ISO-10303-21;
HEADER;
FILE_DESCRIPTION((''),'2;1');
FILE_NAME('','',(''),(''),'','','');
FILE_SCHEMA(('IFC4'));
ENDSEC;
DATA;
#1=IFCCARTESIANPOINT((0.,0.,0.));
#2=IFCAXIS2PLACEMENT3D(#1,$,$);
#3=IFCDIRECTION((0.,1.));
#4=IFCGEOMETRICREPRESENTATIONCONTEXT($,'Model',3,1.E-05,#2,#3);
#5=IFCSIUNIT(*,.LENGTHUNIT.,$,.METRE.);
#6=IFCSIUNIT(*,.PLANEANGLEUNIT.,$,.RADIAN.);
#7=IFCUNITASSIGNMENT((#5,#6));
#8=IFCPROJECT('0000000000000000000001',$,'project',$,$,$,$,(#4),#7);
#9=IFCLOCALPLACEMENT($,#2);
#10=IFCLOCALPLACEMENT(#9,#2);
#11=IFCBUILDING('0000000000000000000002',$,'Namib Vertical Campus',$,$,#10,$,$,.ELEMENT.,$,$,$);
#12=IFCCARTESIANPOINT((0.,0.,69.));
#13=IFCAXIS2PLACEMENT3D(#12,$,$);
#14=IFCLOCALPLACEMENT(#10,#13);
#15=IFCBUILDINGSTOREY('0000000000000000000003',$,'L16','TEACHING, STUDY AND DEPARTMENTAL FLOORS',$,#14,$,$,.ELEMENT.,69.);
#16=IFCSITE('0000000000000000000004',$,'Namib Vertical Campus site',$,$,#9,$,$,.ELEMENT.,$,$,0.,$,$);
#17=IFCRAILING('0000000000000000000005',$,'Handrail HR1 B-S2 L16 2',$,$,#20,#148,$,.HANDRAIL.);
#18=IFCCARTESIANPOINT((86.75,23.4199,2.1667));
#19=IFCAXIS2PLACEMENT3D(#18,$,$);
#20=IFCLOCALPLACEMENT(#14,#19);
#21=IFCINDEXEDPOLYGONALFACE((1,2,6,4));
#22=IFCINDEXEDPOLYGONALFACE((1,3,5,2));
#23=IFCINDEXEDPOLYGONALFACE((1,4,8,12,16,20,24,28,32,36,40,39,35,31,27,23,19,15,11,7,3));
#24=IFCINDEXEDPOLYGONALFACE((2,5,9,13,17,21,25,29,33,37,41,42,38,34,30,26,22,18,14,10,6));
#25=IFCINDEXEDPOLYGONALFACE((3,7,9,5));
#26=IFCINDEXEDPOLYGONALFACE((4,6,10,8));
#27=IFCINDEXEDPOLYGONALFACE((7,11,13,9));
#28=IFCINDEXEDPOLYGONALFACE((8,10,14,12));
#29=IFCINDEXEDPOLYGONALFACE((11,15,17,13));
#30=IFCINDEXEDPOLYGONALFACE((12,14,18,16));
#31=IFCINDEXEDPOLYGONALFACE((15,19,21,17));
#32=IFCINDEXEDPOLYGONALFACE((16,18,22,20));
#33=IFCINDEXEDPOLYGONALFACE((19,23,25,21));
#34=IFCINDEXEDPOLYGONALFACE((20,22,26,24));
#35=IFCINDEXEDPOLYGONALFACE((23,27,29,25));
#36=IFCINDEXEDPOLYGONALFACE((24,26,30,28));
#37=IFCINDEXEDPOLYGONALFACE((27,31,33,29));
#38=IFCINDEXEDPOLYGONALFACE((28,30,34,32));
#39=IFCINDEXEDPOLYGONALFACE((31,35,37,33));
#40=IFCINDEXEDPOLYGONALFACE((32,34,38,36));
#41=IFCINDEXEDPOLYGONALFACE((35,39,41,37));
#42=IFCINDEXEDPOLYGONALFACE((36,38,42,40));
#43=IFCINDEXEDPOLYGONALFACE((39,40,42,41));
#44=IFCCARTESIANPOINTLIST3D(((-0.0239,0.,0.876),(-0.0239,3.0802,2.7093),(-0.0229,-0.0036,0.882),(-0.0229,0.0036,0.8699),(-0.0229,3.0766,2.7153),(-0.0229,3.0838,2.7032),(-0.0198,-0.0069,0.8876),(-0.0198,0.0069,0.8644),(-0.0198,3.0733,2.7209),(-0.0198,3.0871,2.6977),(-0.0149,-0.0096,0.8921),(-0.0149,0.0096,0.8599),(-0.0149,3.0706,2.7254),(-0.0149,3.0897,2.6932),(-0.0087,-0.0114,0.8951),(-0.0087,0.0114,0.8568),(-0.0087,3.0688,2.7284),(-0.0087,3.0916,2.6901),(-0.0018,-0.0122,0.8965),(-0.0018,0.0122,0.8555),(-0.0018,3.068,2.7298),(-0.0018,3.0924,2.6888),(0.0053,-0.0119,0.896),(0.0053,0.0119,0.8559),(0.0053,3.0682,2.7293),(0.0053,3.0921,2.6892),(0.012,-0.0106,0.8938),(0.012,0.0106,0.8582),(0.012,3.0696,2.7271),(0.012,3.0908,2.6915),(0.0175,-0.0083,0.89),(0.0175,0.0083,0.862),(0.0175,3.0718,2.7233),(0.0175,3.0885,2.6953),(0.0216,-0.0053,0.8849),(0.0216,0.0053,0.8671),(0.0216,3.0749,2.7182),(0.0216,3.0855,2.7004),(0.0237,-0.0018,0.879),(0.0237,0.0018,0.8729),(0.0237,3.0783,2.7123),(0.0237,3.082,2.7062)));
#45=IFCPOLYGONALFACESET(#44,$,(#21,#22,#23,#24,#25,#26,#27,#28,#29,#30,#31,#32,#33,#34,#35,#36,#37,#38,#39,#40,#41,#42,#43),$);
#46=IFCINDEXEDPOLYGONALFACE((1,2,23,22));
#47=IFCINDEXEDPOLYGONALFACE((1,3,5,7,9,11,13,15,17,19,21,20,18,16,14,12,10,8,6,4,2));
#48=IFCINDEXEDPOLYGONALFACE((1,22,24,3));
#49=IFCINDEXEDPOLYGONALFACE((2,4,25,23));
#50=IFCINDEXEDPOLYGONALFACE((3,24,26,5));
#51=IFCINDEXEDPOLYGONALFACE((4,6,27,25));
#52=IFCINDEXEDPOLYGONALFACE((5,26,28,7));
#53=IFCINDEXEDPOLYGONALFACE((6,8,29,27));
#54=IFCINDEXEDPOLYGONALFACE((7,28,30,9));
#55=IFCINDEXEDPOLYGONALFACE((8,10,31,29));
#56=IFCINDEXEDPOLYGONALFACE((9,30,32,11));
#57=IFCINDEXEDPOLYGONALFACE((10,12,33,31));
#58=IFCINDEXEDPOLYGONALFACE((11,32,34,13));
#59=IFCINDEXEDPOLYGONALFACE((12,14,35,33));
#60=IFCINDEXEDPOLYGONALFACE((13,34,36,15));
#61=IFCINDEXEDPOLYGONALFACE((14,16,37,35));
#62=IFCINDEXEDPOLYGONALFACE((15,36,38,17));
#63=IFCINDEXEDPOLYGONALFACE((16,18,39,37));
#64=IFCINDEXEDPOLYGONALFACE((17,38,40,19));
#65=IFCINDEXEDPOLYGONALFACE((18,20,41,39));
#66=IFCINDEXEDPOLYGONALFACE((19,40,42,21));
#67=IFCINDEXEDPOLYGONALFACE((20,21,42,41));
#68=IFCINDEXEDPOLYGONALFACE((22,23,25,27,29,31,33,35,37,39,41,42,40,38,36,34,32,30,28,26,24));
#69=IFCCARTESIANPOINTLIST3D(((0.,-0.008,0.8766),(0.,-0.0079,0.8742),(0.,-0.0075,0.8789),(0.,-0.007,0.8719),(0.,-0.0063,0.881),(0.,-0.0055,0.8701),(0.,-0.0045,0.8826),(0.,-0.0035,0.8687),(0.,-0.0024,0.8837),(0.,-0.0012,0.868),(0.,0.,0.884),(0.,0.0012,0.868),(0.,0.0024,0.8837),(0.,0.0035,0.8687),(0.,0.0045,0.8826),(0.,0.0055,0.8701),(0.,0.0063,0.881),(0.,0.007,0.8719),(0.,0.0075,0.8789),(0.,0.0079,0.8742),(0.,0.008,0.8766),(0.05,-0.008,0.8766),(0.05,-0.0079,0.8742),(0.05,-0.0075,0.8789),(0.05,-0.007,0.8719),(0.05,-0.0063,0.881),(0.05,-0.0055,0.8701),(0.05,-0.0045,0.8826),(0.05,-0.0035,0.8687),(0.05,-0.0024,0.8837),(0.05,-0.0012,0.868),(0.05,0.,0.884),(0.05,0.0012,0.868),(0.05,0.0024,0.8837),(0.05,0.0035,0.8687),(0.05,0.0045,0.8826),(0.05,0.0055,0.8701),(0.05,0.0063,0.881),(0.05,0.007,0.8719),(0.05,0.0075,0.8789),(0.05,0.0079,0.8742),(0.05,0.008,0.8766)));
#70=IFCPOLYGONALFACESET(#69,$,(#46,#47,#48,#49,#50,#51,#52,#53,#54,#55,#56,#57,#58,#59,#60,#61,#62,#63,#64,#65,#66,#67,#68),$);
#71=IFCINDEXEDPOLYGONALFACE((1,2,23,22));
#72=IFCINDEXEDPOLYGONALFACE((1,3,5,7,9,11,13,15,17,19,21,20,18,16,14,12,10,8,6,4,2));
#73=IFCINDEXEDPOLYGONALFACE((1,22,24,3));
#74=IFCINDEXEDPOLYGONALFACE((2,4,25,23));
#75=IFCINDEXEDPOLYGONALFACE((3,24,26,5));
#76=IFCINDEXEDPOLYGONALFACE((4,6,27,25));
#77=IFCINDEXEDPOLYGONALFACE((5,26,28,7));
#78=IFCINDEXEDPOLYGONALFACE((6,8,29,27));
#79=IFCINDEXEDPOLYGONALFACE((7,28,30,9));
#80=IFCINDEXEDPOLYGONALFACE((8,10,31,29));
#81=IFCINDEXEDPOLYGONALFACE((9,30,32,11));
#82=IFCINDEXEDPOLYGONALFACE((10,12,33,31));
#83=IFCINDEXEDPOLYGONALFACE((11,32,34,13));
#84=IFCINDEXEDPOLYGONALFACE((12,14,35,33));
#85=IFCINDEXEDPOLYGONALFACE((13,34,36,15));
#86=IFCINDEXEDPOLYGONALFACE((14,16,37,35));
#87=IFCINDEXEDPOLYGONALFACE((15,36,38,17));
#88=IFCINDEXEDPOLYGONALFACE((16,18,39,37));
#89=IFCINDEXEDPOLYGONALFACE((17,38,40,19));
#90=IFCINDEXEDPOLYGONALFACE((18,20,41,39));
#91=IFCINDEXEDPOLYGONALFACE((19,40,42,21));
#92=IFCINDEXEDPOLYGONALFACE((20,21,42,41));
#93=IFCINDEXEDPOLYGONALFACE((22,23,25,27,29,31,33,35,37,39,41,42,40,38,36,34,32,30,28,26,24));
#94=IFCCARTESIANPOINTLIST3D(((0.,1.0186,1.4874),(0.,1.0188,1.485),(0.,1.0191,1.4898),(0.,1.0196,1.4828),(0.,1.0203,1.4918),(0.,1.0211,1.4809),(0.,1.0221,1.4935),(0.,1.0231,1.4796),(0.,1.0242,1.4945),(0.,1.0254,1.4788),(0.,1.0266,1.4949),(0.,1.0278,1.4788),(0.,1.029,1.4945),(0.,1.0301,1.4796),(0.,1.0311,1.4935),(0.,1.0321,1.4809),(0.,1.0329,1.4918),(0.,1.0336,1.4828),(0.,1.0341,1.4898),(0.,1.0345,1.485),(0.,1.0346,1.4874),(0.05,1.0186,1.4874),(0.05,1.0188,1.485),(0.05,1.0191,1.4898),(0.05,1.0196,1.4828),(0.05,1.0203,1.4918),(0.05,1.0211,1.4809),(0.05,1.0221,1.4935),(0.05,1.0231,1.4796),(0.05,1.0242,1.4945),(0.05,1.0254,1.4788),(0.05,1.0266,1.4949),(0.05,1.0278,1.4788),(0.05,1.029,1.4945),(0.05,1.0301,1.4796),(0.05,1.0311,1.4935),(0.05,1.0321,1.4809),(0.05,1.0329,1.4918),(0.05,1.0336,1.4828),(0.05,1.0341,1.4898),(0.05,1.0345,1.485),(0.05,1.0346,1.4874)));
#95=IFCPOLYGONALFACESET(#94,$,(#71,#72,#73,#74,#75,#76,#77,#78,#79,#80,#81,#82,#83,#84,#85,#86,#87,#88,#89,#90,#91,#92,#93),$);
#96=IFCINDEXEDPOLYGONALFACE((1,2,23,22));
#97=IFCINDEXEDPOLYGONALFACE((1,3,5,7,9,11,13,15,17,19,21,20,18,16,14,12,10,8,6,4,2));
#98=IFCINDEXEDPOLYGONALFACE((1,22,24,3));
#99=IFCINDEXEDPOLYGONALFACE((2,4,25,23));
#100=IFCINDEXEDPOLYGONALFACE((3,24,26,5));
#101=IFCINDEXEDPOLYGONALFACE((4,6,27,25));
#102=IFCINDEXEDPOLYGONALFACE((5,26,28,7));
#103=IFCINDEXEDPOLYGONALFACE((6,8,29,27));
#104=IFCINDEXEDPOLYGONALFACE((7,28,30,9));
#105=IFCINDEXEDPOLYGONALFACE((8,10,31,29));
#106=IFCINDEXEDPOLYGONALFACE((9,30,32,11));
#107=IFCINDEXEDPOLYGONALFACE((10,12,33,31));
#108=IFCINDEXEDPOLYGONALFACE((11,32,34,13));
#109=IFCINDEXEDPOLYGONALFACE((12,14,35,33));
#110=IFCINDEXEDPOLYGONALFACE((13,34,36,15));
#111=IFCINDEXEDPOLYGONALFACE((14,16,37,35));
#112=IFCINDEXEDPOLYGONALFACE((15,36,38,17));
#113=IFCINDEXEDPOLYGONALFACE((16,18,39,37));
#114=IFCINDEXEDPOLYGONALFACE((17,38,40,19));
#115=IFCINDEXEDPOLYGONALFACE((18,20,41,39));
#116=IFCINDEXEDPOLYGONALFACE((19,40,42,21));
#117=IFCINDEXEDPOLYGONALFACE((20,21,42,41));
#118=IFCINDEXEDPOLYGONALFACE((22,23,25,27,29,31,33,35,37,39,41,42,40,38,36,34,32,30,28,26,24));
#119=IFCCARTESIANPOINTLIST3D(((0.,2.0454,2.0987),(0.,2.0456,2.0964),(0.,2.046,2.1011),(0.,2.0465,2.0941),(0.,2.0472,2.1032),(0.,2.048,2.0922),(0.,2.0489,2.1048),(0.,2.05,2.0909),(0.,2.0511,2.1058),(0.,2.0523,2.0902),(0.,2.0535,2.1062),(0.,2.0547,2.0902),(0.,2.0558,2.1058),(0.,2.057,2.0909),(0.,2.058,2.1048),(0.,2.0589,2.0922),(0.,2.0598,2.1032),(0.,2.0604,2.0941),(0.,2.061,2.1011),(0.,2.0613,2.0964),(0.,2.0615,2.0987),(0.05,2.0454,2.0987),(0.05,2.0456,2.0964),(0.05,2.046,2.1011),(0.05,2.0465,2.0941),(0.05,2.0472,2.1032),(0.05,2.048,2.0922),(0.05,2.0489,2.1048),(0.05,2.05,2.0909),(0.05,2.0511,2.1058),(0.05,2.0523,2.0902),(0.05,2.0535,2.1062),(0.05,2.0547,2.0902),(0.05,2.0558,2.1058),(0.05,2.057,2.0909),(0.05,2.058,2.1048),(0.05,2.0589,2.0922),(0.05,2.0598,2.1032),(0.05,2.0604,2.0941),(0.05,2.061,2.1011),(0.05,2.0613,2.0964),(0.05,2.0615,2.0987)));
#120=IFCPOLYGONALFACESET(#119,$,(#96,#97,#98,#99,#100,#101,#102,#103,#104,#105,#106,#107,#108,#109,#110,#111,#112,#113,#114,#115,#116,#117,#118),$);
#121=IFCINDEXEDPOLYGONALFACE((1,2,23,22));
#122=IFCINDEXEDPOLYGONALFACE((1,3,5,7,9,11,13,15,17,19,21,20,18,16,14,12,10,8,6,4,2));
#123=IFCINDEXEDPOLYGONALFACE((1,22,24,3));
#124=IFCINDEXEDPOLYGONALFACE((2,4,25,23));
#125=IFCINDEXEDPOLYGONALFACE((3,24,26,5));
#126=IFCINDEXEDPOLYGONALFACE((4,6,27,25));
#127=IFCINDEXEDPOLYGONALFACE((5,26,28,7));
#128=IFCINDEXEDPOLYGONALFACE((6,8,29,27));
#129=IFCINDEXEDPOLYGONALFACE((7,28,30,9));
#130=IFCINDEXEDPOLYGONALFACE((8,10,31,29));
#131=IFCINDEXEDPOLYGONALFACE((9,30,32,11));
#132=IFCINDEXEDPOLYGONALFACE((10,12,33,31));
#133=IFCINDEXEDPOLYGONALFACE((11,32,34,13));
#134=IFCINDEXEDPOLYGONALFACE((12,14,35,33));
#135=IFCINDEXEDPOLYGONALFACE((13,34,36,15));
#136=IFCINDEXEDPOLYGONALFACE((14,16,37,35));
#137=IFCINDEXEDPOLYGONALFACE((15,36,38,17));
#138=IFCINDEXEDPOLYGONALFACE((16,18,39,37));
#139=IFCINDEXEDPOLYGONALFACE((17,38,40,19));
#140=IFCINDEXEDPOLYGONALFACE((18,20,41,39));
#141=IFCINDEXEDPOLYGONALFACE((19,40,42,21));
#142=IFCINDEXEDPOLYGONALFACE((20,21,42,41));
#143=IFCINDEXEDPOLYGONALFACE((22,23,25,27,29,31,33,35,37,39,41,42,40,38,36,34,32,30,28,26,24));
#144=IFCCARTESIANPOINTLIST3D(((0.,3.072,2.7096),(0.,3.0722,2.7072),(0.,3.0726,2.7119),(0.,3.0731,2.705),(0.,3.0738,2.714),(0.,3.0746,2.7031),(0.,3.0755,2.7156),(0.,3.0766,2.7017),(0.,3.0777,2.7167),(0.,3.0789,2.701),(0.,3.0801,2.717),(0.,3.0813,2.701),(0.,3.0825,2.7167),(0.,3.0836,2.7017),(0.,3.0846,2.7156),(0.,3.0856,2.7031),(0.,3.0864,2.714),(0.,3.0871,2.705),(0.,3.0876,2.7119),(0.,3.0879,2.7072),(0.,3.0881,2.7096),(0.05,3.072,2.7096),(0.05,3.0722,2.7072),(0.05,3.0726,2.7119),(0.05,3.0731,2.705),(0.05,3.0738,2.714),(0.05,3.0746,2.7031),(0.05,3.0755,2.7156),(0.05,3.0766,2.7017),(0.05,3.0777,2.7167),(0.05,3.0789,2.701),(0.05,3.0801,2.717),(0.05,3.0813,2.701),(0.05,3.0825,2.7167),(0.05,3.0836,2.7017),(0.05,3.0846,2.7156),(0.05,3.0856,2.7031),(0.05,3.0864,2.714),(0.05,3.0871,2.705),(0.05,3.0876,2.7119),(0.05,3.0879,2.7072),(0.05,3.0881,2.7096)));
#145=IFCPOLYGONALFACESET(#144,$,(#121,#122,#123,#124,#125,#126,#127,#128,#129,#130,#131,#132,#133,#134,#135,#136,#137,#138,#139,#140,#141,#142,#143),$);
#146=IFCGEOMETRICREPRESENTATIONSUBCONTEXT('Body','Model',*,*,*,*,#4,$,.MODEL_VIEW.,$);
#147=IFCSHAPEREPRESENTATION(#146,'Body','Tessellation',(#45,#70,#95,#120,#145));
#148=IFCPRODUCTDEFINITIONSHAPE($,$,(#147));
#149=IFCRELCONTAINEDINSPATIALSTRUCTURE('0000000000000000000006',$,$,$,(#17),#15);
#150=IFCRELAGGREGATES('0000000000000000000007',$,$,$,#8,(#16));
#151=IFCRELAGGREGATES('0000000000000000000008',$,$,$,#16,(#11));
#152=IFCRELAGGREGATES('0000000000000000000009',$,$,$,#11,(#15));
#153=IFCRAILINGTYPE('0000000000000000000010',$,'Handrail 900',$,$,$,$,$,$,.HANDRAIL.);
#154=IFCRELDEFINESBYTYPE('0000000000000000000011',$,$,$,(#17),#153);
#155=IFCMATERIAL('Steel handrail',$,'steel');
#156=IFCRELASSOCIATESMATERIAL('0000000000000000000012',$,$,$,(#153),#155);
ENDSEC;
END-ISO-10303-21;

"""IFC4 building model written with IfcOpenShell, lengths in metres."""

from ifc_helpers import new_model, si_unit, direction, frame, origin, origin_2d, place, context, subcontext, project, spatial, circle, extrude, material, type_object, element, save


model = new_model("IFC4")

# Units and contexts
model_context = context("Model", 3, precision=1e-05, world=origin(), true_north=direction((0.0, 1.0)))
body_context = subcontext(model_context, "Body", "Model", "MODEL_VIEW")
ifc_project = project(units=[si_unit("LENGTHUNIT", "METRE"), si_unit("PLANEANGLEUNIT", "RADIAN")], contexts=[model_context])

# Site, building, storey
site_placement = place(None, origin())
site = spatial("IfcSite", under=ifc_project, at=site_placement, Name="Namib Vertical Campus site", CompositionType="ELEMENT", RefElevation=0.0)
building_placement = place(site_placement, origin())
building = spatial("IfcBuilding", under=site, at=building_placement, Name="Namib Vertical Campus", CompositionType="ELEMENT")
storey_placement = place(building_placement, frame((0.0, 0.0, 69.0)))
storey = spatial("IfcBuildingStorey", under=building, at=storey_placement, Name="L16", Description="TEACHING, STUDY AND DEPARTMENTAL FLOORS", CompositionType="ELEMENT", Elevation=69.0)

# Railing
ifc_material_1 = material(Name="Steel handrail", Category="steel")
railing_type_1 = type_object("IfcRailingType", Name="Handrail 900", PredefinedType="HANDRAIL", material=ifc_material_1)
railing_1_placement = place(storey_placement, frame((86.75, 23.4199, 2.1667)))
element("IfcRailing", 1, at=railing_1_placement, inside=storey, type_object=railing_type_1, Name="Handrail HR1 B-S2 L16 2", PredefinedType="HANDRAIL", context=body_context, shape_type="SweptSolid", body=[
    extrude(circle(Radius=0.0239, at=origin_2d()), frame((0.0, 0.0, 0.876), z_axis=(0.0, 0.859309, 0.511458), x_axis=(-1.0, 0.0, 0.0)), (0.0, 0.0, 1.0), 3.5845),
    extrude(circle(Radius=0.0081, at=origin_2d()), frame((0.0, 0.0, 0.876), z_axis=(1.0, 0.0, 0.0), x_axis=(0.0, 0.0, 1.0)), (0.0, 0.0, 1.0), 0.05),
    extrude(circle(Radius=0.0081, at=origin_2d()), frame((0.0, 1.0266, 1.4868), z_axis=(1.0, 0.0, 0.0), x_axis=(0.0, 0.0, 1.0)), (0.0, 0.0, 1.0), 0.05),
    extrude(circle(Radius=0.0081, at=origin_2d()), frame((0.0, 2.0535, 2.0981), z_axis=(1.0, 0.0, 0.0), x_axis=(0.0, 0.0, 1.0)), (0.0, 0.0, 1.0), 0.05),
    extrude(circle(Radius=0.0081, at=origin_2d()), frame((0.0, 3.0801, 2.709), z_axis=(1.0, 0.0, 0.0), x_axis=(0.0, 0.0, 1.0)), (0.0, 0.0, 1.0), 0.05),
])

save(model, "model.ifc")
